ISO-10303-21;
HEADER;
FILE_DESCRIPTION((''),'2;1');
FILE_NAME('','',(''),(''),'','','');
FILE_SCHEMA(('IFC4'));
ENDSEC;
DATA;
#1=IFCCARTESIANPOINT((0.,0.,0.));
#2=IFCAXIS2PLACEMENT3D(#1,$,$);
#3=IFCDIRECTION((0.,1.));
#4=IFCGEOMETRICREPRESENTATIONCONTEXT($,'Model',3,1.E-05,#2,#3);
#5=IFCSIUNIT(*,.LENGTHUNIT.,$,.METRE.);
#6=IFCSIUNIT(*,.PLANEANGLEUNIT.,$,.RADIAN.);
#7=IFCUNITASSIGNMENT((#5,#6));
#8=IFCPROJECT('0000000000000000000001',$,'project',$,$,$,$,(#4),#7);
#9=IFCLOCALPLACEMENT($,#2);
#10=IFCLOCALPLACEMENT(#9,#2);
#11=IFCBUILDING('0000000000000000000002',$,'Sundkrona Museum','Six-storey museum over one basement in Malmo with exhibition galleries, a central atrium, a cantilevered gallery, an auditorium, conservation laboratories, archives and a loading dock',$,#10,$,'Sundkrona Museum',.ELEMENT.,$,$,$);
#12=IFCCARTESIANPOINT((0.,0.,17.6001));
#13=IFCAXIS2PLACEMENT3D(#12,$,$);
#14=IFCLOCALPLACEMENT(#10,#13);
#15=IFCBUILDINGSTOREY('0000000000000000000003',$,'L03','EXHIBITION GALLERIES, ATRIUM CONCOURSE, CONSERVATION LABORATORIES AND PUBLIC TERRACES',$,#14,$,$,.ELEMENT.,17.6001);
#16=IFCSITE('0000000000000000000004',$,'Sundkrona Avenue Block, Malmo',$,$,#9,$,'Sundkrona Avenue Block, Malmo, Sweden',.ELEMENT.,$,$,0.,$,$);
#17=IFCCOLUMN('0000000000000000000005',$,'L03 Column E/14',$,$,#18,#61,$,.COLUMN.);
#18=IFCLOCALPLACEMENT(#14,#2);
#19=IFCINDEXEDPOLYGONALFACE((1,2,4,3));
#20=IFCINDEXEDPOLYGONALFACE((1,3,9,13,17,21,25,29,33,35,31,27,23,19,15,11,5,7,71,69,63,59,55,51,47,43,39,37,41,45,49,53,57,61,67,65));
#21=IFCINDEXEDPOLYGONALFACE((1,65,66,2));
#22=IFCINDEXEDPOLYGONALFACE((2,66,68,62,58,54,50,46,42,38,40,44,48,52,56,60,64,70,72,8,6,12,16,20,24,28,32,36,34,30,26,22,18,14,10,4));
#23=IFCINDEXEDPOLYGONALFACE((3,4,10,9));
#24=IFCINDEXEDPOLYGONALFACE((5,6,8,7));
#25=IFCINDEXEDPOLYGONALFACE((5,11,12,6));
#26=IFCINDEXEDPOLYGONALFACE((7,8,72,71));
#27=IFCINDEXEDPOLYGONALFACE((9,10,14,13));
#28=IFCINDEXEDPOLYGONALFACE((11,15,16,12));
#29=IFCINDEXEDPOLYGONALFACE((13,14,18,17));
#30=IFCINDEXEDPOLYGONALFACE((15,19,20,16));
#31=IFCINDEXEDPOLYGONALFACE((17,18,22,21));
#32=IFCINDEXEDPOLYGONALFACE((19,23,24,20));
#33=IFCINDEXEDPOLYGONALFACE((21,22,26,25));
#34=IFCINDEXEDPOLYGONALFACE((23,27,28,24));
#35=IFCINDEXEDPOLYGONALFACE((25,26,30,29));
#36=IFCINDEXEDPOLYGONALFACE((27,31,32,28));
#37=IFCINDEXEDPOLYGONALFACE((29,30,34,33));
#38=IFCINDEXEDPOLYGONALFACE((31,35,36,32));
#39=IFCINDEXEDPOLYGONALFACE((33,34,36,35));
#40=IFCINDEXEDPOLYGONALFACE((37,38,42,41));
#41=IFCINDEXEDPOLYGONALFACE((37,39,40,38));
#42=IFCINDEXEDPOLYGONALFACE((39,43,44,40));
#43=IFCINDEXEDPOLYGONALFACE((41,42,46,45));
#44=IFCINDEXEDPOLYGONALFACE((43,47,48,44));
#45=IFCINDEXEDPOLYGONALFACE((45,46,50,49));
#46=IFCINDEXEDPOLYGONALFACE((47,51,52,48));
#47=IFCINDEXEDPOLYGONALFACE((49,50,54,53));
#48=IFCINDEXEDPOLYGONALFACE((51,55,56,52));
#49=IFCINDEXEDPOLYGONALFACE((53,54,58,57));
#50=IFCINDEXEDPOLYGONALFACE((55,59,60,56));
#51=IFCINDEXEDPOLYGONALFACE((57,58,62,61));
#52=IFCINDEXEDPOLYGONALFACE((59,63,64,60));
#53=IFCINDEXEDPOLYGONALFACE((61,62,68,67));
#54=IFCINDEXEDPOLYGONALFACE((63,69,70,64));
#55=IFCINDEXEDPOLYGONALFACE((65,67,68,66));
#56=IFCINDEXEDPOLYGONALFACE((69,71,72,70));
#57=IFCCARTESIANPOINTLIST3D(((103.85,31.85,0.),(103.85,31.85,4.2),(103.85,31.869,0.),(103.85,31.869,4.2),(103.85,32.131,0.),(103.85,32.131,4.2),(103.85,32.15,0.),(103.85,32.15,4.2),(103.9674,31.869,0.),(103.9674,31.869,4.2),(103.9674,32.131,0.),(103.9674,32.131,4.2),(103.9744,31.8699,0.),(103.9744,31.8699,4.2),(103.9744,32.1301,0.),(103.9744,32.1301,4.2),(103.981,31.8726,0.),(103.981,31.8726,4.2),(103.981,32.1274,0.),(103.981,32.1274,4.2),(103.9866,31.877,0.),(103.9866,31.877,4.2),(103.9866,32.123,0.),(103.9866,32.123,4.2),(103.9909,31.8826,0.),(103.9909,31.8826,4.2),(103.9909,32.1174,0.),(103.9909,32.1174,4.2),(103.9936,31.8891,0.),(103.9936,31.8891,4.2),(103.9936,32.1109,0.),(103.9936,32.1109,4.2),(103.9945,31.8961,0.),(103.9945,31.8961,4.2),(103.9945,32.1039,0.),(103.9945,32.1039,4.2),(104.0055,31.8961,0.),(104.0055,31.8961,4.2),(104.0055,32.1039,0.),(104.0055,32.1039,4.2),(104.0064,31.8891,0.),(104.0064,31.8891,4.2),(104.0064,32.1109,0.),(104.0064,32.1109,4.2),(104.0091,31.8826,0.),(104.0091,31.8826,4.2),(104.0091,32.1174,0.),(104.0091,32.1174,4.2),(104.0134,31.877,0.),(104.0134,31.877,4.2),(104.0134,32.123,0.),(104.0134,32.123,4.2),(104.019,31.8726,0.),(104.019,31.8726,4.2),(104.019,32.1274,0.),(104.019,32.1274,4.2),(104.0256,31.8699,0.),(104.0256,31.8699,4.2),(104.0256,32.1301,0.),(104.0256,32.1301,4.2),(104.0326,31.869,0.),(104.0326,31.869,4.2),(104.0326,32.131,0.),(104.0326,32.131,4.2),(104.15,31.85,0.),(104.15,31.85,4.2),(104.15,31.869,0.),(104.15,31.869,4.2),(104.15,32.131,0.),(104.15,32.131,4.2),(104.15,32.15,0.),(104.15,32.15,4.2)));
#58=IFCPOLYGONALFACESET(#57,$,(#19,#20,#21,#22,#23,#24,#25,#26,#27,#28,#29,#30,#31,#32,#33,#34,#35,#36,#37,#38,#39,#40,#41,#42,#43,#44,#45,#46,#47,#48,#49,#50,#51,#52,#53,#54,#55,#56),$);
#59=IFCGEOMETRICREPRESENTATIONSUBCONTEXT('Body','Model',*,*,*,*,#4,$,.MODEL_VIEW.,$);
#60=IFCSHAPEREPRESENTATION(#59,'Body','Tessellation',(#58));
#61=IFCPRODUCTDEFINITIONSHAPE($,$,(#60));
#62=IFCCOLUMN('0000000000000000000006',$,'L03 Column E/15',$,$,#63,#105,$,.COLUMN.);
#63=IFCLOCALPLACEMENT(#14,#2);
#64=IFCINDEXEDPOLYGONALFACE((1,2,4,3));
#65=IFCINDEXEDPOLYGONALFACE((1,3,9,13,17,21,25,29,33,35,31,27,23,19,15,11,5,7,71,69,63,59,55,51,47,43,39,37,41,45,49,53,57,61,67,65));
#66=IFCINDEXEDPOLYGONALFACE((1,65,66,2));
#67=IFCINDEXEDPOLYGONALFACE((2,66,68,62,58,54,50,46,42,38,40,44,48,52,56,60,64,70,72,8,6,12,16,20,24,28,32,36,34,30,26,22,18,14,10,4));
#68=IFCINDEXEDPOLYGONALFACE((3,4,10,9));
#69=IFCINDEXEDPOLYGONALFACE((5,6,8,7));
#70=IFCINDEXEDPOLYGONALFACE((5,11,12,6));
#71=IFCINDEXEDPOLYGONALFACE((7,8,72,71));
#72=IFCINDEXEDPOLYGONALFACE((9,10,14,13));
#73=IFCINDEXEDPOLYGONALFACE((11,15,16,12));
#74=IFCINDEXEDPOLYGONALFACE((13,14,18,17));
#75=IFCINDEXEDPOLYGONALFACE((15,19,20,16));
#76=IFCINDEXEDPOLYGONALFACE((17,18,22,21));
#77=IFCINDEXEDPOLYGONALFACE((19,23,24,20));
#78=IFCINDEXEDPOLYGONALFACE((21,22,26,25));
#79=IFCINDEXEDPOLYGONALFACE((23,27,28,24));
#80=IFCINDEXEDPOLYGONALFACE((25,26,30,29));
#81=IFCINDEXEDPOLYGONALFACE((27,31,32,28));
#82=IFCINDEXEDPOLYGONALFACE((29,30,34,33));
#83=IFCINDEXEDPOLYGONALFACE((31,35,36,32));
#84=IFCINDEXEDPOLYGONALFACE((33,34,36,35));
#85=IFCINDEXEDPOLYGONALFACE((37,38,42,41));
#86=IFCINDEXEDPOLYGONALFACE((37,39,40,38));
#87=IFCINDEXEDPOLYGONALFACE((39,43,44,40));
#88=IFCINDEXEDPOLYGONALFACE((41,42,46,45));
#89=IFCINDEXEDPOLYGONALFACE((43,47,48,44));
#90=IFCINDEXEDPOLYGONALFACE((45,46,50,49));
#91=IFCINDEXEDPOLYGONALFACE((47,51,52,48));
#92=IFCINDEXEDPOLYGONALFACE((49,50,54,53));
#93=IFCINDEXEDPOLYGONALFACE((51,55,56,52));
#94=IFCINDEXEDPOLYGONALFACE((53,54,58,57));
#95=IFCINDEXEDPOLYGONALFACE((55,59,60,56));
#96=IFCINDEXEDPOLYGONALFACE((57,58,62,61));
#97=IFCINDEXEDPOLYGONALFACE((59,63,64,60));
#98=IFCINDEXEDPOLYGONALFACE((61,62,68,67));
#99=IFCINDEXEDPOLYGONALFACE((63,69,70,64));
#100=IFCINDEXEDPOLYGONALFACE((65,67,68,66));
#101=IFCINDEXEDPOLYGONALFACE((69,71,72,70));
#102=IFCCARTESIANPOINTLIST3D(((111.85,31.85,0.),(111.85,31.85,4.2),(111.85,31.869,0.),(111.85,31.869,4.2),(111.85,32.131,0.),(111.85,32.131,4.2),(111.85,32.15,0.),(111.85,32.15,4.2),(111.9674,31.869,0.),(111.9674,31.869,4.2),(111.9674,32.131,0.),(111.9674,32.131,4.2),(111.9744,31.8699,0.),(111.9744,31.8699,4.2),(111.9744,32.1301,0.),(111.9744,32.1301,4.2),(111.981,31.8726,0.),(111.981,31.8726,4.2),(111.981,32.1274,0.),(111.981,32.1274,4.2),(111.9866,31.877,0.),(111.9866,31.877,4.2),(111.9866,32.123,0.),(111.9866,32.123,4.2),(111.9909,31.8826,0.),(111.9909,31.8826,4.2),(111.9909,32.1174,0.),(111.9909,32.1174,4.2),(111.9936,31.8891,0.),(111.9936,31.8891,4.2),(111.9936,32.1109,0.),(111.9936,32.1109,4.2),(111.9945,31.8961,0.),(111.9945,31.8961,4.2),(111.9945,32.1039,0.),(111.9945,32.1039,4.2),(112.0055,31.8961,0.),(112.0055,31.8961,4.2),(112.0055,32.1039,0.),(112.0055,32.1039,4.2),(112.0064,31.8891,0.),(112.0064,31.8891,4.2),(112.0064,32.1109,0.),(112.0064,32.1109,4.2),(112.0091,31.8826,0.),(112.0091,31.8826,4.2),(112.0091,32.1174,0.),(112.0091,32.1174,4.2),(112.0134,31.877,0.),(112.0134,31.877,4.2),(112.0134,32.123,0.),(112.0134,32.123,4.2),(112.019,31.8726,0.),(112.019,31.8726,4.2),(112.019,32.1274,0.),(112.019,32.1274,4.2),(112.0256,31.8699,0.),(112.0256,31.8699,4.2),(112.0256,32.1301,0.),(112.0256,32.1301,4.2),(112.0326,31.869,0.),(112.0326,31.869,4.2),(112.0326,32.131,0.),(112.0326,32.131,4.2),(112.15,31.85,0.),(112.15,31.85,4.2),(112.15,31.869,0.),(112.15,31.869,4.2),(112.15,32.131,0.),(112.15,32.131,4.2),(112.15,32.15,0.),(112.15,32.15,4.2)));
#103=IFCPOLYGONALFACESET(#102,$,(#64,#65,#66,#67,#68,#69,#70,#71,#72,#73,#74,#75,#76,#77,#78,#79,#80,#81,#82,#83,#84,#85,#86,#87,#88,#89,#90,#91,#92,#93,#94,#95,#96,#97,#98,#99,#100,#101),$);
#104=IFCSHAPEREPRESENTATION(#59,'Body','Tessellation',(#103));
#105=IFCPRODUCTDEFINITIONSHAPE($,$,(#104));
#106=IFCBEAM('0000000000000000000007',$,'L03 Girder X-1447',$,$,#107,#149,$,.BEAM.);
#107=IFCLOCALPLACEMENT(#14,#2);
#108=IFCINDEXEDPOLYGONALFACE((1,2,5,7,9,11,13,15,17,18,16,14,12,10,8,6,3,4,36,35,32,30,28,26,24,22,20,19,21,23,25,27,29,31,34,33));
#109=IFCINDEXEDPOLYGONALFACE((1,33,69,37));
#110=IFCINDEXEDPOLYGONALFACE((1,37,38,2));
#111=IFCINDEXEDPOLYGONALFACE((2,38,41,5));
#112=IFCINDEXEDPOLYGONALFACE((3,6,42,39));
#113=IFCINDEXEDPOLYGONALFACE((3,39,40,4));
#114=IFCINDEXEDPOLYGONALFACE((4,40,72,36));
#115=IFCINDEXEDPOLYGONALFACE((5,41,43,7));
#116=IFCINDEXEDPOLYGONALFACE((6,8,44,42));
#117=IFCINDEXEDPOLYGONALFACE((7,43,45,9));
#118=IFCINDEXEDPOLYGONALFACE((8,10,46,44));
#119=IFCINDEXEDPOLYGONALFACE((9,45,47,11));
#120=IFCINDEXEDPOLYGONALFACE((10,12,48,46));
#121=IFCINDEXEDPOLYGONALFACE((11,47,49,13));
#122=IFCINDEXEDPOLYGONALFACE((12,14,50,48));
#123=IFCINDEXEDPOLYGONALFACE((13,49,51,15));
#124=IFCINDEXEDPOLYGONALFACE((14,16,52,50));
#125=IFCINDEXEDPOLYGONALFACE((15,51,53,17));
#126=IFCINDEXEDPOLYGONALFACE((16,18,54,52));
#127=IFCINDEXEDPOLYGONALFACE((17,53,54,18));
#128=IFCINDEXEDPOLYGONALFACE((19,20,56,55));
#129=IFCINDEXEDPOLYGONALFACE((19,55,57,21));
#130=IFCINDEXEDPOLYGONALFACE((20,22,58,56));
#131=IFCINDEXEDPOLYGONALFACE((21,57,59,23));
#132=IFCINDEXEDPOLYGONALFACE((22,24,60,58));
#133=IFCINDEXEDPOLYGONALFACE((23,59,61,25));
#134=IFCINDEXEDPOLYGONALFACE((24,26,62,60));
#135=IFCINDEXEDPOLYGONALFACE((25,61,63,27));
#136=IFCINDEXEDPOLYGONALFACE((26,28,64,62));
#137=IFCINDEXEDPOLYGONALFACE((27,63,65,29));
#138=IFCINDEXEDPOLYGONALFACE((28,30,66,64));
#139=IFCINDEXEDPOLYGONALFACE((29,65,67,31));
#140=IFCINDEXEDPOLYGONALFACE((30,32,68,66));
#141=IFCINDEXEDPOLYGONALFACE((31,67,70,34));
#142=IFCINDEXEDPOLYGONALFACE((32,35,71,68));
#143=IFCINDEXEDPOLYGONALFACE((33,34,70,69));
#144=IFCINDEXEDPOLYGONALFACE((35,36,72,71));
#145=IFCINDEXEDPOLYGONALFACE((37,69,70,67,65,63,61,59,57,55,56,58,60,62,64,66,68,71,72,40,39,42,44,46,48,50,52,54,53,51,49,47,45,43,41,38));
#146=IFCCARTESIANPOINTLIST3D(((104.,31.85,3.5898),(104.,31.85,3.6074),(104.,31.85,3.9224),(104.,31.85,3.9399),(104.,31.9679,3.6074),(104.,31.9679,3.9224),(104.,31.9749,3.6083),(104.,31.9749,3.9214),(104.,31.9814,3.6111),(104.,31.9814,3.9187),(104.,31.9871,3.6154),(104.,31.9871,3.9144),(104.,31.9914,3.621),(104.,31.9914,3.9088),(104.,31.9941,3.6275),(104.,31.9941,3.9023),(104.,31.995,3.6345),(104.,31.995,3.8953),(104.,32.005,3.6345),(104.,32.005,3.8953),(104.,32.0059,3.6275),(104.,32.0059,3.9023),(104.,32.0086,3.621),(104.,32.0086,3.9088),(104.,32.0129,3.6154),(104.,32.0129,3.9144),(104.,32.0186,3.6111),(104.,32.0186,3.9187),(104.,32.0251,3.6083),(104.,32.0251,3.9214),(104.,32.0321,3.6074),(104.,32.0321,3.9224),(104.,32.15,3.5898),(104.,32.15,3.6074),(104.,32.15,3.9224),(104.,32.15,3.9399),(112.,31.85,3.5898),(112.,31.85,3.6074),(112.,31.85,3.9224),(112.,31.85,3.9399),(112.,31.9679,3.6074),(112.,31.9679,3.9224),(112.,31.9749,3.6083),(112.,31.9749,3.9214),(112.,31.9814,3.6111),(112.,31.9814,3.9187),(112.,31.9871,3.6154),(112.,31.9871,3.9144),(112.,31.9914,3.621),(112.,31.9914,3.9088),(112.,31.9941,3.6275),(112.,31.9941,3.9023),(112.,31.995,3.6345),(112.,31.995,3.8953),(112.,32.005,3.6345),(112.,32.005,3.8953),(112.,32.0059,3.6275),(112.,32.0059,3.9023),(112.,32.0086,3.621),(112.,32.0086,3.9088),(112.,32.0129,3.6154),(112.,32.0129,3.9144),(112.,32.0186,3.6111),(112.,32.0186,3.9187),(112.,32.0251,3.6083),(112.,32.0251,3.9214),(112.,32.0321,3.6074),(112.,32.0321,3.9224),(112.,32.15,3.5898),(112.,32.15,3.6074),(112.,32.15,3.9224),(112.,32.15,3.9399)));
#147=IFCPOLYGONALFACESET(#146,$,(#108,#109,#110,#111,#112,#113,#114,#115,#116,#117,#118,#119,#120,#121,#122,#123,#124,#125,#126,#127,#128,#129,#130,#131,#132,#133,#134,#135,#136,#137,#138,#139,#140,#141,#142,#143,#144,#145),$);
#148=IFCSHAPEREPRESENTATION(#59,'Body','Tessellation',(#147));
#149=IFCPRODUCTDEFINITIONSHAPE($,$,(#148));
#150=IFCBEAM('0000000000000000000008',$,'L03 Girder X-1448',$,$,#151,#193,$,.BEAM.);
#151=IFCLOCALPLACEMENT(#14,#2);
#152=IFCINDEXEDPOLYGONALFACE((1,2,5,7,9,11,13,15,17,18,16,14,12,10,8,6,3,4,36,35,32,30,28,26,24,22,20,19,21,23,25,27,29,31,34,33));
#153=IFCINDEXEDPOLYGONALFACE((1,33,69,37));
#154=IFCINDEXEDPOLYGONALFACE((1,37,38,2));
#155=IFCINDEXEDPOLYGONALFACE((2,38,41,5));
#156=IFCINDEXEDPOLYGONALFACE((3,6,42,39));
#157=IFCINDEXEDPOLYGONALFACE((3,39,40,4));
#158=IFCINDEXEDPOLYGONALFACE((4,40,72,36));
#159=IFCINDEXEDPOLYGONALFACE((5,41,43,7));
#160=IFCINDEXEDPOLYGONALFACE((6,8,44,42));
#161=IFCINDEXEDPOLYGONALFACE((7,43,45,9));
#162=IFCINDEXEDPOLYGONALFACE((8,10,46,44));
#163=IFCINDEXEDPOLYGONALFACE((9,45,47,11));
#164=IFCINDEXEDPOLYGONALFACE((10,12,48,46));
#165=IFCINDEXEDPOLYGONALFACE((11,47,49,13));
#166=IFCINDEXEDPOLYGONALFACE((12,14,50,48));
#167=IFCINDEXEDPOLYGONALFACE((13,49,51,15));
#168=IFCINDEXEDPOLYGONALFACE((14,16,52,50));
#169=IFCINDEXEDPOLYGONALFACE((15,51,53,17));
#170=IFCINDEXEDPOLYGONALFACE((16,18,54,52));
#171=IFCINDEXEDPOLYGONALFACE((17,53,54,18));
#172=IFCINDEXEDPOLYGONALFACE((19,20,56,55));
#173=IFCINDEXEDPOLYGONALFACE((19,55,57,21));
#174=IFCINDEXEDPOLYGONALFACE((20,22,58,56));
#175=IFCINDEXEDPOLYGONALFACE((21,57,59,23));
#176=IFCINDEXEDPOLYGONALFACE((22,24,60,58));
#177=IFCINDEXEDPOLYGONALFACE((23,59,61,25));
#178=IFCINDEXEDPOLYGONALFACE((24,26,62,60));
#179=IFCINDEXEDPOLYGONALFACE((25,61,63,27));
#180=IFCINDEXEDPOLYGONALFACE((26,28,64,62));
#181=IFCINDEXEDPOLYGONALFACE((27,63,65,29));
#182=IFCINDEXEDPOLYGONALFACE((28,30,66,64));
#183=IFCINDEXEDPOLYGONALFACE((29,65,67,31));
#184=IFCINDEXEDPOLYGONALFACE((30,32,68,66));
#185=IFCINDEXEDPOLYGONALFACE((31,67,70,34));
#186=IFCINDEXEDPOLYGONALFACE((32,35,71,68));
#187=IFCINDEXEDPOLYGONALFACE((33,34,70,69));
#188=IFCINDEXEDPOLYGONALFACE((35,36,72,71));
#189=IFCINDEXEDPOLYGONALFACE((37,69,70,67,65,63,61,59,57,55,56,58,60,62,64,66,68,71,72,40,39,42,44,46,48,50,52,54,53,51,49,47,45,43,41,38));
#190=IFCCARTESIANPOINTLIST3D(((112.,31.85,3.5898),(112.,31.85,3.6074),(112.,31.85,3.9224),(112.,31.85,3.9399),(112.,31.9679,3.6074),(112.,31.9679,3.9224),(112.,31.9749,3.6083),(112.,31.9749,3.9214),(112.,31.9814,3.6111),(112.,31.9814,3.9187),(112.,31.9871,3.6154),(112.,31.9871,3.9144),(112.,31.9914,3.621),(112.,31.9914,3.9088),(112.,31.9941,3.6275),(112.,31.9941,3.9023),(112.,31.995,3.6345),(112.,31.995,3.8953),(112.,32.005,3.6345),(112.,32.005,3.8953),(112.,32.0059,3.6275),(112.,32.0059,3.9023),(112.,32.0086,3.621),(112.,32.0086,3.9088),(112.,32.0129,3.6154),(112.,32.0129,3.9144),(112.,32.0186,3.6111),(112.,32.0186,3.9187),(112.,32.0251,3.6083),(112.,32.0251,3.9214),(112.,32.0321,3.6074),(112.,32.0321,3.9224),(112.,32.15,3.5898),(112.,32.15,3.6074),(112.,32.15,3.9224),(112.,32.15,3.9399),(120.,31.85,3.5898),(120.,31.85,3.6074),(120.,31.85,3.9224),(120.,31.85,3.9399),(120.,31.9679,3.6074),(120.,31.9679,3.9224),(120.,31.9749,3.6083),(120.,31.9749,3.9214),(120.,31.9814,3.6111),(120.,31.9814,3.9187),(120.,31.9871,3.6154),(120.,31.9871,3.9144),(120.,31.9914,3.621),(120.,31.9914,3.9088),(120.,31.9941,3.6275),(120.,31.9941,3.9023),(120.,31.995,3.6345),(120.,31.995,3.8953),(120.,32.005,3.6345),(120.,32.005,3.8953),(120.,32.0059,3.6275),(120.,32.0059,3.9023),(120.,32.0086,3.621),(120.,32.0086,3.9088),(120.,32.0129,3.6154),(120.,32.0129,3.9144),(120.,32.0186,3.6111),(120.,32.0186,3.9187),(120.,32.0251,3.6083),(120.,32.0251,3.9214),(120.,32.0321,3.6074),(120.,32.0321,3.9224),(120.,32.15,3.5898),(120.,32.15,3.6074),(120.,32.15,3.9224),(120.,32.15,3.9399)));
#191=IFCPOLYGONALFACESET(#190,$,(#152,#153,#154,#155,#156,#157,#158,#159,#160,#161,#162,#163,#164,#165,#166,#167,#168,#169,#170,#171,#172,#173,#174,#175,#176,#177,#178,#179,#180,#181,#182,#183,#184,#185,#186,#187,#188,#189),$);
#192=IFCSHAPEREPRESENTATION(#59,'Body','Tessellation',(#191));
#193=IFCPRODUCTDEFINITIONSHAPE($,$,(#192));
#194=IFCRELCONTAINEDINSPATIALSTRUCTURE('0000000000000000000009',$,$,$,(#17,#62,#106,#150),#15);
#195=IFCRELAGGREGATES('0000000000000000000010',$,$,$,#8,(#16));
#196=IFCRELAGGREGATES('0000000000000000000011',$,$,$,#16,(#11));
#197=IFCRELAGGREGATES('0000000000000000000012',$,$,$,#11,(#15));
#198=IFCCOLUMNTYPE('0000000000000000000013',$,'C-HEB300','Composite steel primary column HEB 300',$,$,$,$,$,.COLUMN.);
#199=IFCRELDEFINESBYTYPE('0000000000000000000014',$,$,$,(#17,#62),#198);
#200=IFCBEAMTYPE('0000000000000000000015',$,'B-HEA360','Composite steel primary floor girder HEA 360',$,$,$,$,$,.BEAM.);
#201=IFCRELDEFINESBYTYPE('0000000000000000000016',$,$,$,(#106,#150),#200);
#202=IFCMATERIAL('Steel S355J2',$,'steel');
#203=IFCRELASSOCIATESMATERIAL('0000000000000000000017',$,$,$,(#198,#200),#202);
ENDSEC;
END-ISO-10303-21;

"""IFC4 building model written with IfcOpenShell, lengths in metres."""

from ifc_helpers import new_model, si_unit, direction, frame, origin, origin_2d, place, context, subcontext, project, spatial, i_section, extrude, material, material_profile, profile_set, type_object, element, save


model = new_model("IFC4")

# Units and contexts
model_context = context("Model", 3, precision=1e-05, world=origin(), true_north=direction((0.0, 1.0)))
body_context = subcontext(model_context, "Body", "Model", "MODEL_VIEW")
ifc_project = project(units=[si_unit("LENGTHUNIT", "METRE"), si_unit("PLANEANGLEUNIT", "RADIAN")], contexts=[model_context])

# Site, building, storey
site_placement = place(None, origin())
site = spatial("IfcSite", under=ifc_project, at=site_placement, Name="Sundkrona Avenue Block, Malmo", LongName="Sundkrona Avenue Block, Malmo, Sweden", CompositionType="ELEMENT", RefElevation=0.0)
building_placement = place(site_placement, origin())
building = spatial("IfcBuilding", under=site, at=building_placement, Name="Sundkrona Museum", Description="Six-storey museum over one basement in Malmo with exhibition galleries, a central atrium, a cantilevered gallery, an auditorium, conservation laboratories, archives and a loading dock", LongName="Sundkrona Museum", CompositionType="ELEMENT")
storey_placement = place(building_placement, frame((0.0, 0.0, 17.6001)))
storey = spatial("IfcBuildingStorey", under=building, at=storey_placement, Name="L03", Description="EXHIBITION GALLERIES, ATRIUM CONCOURSE, CONSERVATION LABORATORIES AND PUBLIC TERRACES", CompositionType="ELEMENT", Elevation=17.6001)

# Columns
ifc_material_1 = material(Name="Steel S355J2", Category="steel")
ifc_material_profile_1 = material_profile(ifc_material_1, i_section(OverallWidth=0.3, OverallDepth=0.3, WebThickness=0.011, FlangeThickness=0.019, FilletRadius=0.0271, at=origin_2d()), Name="HEB 300")
ifc_profile_set_1 = profile_set([ifc_material_profile_1], Name="Steel S355J2")
column_type = type_object("IfcColumnType", Name="C-HEB300", Description="Composite steel primary column HEB 300", PredefinedType="COLUMN", material=ifc_profile_set_1)
for number, where, z_axis, x_axis, name in (
    (1, (104.0, 32.0, 0.0), (0.0, 0.0, 1.0), (1.0, 0.0, 0.0), "L03 Column E/14"),
    (2, (112.0, 32.0, 0.0), (0.0, 0.0, 1.0), (1.0, 0.0, 0.0), "L03 Column E/15"),
):
    element("IfcColumn", number, at=place(storey_placement, frame(where, z_axis=z_axis, x_axis=x_axis)), inside=storey, type_object=column_type, Name=name, PredefinedType="COLUMN", context=body_context, shape_type="SweptSolid", body=[
        extrude(i_section(OverallWidth=0.3, OverallDepth=0.3, WebThickness=0.011, FlangeThickness=0.019, FilletRadius=0.0271, at=origin_2d()), origin(), (0.0, 0.0, 1.0), 4.2),
    ])

# Beams
ifc_material_profile_2 = material_profile(ifc_material_1, i_section(OverallWidth=0.3, OverallDepth=0.3501, WebThickness=0.01, FlangeThickness=0.0176, FilletRadius=0.0271, at=origin_2d()), Name="HEA 360")
ifc_profile_set_2 = profile_set([ifc_material_profile_2], Name="Steel S355J2")
beam_type = type_object("IfcBeamType", Name="B-HEA360", Description="Composite steel primary floor girder HEA 360", PredefinedType="BEAM", material=ifc_profile_set_2)
for number, where, z_axis, x_axis, name in (
    (3, (104.0, 32.0, 3.7649), (1.0, 0.0, 0.0), (0.0, 1.0, 0.0), "L03 Girder X-1447"),
    (4, (112.0, 32.0, 3.7649), (1.0, 0.0, 0.0), (0.0, 1.0, 0.0), "L03 Girder X-1448"),
):
    element("IfcBeam", number, at=place(storey_placement, frame(where, z_axis=z_axis, x_axis=x_axis)), inside=storey, type_object=beam_type, Name=name, PredefinedType="BEAM", context=body_context, shape_type="SweptSolid", body=[
        extrude(i_section(OverallWidth=0.3, OverallDepth=0.3501, WebThickness=0.01, FlangeThickness=0.0176, FilletRadius=0.0271, at=origin_2d()), origin(), (0.0, 0.0, 1.0), 8.0),
    ])

save(model, "model.ifc")
